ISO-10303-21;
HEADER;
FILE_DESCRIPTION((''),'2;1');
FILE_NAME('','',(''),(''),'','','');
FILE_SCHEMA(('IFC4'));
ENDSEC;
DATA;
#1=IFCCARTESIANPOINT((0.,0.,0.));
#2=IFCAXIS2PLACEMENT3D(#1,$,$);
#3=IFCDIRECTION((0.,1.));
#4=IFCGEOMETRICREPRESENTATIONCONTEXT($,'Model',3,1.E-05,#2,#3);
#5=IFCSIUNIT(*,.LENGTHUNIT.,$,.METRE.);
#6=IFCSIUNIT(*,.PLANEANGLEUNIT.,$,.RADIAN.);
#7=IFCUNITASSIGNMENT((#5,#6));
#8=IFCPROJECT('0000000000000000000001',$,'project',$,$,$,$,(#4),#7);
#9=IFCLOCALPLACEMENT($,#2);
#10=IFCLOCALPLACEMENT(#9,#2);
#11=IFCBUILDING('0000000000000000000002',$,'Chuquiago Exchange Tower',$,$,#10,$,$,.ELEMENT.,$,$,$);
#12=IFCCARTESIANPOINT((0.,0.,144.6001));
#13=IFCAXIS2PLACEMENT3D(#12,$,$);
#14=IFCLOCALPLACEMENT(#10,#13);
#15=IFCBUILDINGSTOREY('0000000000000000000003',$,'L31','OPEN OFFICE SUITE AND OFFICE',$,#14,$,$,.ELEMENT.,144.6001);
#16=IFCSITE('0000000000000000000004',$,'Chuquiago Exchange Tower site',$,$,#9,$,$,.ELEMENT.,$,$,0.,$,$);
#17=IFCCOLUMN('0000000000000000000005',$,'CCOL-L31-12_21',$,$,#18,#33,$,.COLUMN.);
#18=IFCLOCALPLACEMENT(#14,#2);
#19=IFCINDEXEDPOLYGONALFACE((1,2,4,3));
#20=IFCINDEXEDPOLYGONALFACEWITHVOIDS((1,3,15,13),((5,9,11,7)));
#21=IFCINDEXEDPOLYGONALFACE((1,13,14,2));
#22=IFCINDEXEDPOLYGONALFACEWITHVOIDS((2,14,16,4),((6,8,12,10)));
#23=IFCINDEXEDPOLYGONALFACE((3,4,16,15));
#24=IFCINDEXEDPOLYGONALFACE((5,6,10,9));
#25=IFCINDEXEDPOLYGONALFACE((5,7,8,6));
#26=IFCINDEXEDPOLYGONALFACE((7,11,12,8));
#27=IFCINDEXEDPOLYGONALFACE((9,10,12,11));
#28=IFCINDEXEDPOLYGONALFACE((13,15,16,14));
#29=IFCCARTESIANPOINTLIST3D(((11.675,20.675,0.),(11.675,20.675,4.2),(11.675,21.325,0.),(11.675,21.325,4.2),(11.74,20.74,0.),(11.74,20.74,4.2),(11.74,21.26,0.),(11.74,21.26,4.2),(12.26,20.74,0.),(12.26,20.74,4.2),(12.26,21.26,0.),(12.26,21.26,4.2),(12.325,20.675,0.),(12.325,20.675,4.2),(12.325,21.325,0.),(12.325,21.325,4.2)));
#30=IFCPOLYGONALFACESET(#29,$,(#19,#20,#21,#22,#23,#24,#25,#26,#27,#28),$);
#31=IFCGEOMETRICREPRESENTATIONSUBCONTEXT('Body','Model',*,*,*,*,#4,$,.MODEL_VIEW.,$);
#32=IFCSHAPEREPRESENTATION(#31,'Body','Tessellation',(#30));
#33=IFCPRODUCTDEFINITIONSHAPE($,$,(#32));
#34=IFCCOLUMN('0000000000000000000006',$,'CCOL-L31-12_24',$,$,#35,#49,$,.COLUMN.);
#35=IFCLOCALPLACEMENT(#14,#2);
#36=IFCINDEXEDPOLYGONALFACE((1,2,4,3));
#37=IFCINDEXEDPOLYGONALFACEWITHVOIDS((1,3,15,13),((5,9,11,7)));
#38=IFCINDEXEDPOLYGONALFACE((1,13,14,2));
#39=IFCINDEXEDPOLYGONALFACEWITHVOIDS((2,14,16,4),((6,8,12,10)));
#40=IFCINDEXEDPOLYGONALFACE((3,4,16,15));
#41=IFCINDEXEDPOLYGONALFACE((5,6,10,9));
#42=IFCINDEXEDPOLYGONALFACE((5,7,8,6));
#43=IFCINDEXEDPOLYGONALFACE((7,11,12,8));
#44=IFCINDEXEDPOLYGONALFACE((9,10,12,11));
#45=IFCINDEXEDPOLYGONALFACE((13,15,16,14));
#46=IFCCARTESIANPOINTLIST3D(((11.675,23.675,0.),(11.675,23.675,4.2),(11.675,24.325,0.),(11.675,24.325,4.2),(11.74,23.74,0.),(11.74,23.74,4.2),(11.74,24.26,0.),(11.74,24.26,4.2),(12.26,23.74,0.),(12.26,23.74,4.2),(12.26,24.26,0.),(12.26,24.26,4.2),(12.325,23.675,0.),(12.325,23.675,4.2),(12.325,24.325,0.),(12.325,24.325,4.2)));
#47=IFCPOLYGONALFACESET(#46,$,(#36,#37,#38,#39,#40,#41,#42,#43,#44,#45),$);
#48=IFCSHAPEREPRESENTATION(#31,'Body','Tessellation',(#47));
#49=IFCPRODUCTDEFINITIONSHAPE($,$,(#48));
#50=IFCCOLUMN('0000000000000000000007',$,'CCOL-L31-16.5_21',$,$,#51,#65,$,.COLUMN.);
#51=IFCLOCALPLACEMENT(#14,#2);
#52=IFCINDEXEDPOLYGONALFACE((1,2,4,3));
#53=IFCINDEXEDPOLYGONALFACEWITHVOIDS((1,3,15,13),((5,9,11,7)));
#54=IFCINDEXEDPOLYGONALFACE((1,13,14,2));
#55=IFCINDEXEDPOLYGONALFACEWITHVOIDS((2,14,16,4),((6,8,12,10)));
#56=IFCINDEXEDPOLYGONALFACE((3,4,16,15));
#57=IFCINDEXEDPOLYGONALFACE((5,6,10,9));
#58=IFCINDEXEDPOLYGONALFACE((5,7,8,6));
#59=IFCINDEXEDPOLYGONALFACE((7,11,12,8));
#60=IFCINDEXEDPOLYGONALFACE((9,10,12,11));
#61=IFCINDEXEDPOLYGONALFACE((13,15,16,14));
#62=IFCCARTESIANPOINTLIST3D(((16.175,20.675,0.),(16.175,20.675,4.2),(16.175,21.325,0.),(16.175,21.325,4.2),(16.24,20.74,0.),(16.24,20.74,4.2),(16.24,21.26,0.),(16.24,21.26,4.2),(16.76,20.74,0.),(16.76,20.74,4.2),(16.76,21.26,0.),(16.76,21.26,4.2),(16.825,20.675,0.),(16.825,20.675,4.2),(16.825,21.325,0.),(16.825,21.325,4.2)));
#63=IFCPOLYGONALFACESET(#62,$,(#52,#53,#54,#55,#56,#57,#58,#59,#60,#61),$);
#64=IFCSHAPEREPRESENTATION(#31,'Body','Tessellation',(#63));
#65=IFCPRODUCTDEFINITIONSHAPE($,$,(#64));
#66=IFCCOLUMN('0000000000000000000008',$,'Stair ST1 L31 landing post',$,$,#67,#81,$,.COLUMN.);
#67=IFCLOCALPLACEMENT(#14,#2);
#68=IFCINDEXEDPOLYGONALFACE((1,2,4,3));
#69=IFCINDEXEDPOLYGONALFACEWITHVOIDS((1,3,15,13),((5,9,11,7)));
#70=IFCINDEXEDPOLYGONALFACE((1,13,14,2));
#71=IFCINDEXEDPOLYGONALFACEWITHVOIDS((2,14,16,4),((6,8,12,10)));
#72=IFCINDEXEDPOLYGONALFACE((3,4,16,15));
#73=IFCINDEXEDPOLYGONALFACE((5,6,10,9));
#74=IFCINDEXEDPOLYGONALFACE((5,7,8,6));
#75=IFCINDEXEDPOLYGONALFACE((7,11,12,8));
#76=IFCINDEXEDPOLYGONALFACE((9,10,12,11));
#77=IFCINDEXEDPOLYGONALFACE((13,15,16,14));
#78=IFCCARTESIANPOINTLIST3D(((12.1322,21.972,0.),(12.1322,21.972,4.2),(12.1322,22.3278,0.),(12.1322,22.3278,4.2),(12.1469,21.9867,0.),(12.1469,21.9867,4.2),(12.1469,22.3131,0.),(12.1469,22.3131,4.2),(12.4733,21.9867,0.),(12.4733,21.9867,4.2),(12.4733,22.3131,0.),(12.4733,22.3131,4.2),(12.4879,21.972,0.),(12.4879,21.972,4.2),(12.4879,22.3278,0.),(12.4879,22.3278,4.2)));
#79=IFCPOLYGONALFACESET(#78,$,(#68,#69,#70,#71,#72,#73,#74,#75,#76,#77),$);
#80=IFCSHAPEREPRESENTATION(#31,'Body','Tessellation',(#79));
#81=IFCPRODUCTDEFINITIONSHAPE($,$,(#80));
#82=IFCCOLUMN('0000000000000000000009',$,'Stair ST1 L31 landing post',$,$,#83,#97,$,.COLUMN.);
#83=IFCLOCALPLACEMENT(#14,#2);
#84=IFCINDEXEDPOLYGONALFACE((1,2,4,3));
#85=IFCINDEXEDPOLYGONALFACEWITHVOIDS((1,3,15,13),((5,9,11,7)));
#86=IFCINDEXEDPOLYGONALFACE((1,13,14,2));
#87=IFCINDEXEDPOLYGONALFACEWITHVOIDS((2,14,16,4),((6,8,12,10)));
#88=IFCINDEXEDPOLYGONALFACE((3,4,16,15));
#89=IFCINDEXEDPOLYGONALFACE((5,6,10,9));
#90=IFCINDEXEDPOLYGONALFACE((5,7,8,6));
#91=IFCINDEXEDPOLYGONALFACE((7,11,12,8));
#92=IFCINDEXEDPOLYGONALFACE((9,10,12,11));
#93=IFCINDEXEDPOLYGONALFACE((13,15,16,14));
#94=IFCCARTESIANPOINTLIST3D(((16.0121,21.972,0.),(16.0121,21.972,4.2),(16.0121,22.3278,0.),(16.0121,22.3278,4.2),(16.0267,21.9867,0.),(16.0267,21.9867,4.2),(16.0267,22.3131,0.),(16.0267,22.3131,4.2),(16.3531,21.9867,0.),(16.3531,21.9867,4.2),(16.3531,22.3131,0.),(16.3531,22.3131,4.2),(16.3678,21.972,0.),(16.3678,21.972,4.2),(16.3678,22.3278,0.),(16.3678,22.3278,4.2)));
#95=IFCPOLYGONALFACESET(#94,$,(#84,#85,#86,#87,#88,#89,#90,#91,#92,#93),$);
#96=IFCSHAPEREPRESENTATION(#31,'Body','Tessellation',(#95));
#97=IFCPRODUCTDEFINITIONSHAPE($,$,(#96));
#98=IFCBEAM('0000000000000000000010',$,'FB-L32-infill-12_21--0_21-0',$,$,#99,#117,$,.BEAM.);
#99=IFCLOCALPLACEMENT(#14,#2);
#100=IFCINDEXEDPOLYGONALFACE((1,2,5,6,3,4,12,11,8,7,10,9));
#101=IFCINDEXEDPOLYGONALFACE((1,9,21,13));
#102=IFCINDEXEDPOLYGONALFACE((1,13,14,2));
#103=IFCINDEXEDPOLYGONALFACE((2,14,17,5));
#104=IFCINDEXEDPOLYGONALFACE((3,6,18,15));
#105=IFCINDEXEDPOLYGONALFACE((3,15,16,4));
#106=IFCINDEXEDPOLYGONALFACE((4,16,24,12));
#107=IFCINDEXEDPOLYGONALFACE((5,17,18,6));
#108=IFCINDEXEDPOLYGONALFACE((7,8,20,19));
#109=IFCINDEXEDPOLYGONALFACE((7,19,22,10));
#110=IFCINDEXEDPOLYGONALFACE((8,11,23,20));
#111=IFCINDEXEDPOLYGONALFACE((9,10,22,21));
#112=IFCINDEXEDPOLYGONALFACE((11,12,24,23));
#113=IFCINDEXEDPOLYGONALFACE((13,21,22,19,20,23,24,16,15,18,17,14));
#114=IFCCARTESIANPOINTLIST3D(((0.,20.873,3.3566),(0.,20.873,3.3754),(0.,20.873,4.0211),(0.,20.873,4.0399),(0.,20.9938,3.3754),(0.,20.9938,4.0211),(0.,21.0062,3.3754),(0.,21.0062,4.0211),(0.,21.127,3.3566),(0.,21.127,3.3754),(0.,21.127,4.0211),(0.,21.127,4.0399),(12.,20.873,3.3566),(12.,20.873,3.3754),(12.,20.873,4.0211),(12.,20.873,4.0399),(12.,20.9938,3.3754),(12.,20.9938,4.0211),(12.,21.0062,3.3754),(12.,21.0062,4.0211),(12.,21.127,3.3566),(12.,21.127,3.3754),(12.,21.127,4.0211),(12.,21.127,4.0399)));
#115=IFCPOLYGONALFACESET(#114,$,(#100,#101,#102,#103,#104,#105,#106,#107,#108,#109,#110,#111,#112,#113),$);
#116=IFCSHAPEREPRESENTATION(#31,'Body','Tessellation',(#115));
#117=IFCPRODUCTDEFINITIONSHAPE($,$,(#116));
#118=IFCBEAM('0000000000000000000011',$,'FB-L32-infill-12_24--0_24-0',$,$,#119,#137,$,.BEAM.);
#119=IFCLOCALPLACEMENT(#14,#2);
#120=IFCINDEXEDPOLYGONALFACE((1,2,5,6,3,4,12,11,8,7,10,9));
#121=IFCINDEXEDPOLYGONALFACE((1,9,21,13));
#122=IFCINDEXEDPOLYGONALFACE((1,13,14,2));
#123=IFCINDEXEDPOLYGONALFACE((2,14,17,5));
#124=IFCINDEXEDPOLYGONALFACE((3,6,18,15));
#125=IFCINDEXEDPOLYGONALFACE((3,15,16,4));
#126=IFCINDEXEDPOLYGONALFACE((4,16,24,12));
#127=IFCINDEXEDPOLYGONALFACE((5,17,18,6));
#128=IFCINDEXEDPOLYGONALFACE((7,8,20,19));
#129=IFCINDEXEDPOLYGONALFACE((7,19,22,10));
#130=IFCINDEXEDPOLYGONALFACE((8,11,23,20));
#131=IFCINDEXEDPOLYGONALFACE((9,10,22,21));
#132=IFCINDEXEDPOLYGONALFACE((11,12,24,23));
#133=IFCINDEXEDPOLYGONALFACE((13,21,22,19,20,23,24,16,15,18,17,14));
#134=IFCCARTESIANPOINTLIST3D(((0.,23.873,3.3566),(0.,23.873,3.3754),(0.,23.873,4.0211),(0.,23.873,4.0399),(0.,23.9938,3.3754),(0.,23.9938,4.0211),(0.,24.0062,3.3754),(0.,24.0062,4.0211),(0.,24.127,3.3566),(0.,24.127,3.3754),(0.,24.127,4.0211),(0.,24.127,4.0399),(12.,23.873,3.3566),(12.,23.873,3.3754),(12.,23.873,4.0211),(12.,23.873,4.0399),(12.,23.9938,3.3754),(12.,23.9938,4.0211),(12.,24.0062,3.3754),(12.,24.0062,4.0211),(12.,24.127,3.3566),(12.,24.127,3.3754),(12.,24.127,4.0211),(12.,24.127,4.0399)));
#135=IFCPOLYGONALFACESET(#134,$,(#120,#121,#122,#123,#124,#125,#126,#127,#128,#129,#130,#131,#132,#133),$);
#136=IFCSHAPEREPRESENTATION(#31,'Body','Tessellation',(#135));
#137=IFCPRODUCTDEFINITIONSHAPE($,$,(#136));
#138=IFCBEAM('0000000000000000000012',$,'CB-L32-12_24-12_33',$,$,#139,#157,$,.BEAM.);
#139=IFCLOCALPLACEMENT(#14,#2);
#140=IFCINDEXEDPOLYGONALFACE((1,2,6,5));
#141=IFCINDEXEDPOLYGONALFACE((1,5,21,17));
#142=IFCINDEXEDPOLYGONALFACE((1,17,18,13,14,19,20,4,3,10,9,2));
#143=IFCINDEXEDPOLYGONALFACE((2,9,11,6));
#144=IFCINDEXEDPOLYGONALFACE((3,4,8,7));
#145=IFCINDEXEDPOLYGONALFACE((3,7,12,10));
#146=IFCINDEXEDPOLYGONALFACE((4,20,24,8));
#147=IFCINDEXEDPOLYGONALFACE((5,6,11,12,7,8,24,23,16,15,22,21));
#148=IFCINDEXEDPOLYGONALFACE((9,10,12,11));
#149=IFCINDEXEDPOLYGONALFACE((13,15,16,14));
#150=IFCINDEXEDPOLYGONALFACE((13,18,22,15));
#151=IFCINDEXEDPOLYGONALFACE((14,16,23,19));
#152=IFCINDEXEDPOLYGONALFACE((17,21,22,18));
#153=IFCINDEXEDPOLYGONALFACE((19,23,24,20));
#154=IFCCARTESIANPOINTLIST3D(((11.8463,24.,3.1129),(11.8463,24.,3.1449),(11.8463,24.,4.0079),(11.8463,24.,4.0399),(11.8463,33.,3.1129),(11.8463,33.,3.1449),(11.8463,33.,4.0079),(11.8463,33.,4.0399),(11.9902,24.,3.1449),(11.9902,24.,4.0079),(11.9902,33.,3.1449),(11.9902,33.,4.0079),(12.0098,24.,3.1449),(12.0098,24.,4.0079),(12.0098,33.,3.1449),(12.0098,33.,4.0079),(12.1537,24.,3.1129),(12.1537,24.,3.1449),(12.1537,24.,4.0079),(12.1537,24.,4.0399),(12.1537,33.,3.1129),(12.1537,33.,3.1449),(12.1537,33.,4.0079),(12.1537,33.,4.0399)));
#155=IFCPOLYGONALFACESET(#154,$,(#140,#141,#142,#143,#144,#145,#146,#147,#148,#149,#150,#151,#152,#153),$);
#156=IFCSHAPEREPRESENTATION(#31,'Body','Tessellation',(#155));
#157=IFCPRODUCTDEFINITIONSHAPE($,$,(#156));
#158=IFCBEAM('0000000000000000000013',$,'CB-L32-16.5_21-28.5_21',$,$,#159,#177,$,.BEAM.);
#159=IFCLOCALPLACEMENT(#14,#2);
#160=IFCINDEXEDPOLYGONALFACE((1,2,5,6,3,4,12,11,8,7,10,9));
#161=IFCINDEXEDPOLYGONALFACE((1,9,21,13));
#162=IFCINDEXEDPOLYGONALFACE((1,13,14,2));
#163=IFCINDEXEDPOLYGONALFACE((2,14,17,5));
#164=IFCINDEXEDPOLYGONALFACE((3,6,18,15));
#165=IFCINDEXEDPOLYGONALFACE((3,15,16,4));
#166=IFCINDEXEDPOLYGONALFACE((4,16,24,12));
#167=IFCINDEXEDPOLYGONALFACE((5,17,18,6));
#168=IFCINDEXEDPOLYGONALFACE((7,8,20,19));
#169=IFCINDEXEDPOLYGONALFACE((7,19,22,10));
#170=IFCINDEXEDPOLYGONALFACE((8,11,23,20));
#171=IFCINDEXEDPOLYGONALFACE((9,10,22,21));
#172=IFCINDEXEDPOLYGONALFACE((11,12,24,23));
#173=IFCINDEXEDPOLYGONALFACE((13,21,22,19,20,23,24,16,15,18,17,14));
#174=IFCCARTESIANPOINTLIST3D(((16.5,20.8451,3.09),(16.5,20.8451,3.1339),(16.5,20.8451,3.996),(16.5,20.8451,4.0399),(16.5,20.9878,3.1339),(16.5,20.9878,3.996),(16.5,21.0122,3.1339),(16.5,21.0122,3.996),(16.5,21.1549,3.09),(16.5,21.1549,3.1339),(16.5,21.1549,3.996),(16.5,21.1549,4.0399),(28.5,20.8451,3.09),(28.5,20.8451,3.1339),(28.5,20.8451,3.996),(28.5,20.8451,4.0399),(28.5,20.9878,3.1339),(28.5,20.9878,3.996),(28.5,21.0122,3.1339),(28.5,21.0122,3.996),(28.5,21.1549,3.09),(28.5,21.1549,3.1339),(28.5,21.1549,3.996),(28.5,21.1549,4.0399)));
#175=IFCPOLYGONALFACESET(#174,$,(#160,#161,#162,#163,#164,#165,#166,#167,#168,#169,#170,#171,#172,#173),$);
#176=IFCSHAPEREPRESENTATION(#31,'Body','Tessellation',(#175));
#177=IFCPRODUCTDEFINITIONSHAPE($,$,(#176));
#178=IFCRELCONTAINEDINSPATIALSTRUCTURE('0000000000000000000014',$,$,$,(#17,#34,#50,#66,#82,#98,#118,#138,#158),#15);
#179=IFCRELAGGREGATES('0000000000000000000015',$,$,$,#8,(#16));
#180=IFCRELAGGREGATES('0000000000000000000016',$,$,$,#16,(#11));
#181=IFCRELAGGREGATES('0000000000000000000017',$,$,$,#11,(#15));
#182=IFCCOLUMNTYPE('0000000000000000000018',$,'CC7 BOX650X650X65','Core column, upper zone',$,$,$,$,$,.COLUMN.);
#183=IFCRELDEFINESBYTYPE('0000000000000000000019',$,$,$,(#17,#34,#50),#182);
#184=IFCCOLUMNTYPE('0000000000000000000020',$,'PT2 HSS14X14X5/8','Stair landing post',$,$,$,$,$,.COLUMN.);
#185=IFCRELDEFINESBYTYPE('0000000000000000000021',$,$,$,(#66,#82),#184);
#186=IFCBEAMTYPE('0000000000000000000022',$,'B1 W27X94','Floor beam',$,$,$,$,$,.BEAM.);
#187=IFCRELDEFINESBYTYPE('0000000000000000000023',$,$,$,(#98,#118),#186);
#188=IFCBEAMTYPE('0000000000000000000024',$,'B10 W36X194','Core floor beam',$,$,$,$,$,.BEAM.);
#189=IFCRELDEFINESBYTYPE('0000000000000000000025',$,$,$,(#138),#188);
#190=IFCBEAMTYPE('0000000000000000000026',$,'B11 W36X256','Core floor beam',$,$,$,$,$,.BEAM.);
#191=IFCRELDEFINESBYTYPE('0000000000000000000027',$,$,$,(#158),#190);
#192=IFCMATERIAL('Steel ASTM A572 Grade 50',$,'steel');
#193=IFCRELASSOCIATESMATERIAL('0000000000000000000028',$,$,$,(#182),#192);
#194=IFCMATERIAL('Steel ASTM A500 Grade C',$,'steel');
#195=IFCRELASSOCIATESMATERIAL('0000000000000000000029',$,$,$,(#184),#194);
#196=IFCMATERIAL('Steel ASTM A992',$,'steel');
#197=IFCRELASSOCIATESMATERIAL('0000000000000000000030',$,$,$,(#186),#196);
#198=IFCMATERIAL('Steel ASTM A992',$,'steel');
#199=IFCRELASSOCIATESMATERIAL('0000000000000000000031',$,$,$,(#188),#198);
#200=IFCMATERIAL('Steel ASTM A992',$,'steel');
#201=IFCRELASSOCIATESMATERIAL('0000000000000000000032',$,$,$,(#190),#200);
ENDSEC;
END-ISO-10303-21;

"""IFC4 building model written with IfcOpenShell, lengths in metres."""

from ifc_helpers import new_model, si_unit, direction, frame, origin, origin_2d, place, context, subcontext, project, spatial, hollow_rectangle, i_section, extrude, material, material_profile, profile_set, type_object, element, save


model = new_model("IFC4")

# Units and contexts
model_context = context("Model", 3, precision=1e-05, world=origin(), true_north=direction((0.0, 1.0)))
body_context = subcontext(model_context, "Body", "Model", "MODEL_VIEW")
ifc_project = project(units=[si_unit("LENGTHUNIT", "METRE"), si_unit("PLANEANGLEUNIT", "RADIAN")], contexts=[model_context])

# Site, building, storey
site_placement = place(None, origin())
site = spatial("IfcSite", under=ifc_project, at=site_placement, Name="Chuquiago Exchange Tower site", CompositionType="ELEMENT", RefElevation=0.0)
building_placement = place(site_placement, origin())
building = spatial("IfcBuilding", under=site, at=building_placement, Name="Chuquiago Exchange Tower", CompositionType="ELEMENT")
storey_placement = place(building_placement, frame((0.0, 0.0, 144.6001)))
storey = spatial("IfcBuildingStorey", under=building, at=storey_placement, Name="L31", Description="OPEN OFFICE SUITE AND OFFICE", CompositionType="ELEMENT", Elevation=144.6001)

# Columns
ifc_material_1 = material(Name="Steel ASTM A572 Grade 50", Category="steel")
ifc_material_profile_1 = material_profile(ifc_material_1, hollow_rectangle(XDim=0.6499, YDim=0.6499, WallThickness=0.0649, at=origin_2d()), Name="BOX650X650X65")
ifc_profile_set_1 = profile_set([ifc_material_profile_1], Name="Steel ASTM A572 Grade 50")
column_type_1 = type_object("IfcColumnType", Name="CC7 BOX650X650X65", Description="Core column, upper zone", PredefinedType="COLUMN", material=ifc_profile_set_1)
for number, where, z_axis, x_axis, name in (
    (1, (12.0, 21.0, 0.0), (0.0, 0.0, 1.0), (1.0, 0.0, 0.0), "CCOL-L31-12_21"),
    (2, (12.0, 24.0, 0.0), (0.0, 0.0, 1.0), (1.0, 0.0, 0.0), "CCOL-L31-12_24"),
    (3, (16.5, 21.0, 0.0), (0.0, 0.0, 1.0), (1.0, 0.0, 0.0), "CCOL-L31-16.5_21"),
):
    element("IfcColumn", number, at=place(storey_placement, frame(where, z_axis=z_axis, x_axis=x_axis)), inside=storey, type_object=column_type_1, Name=name, PredefinedType="COLUMN", context=body_context, shape_type="SweptSolid", body=[
        extrude(hollow_rectangle(XDim=0.6499, YDim=0.6499, WallThickness=0.0649, at=origin_2d()), origin(), (0.0, 0.0, 1.0), 4.2),
    ])
ifc_material_2 = material(Name="Steel ASTM A500 Grade C", Category="steel")
ifc_material_profile_2 = material_profile(ifc_material_2, hollow_rectangle(XDim=0.3557, YDim=0.3557, WallThickness=0.0146, at=origin_2d()), Name="HSS14X14X5/8")
ifc_profile_set_2 = profile_set([ifc_material_profile_2], Name="Steel ASTM A500 Grade C")
column_type_2 = type_object("IfcColumnType", Name="PT2 HSS14X14X5/8", Description="Stair landing post", PredefinedType="COLUMN", material=ifc_profile_set_2)
for number, where, z_axis, x_axis, name in (
    (4, (12.3101, 22.1499, 0.0), (0.0, 0.0, 1.0), (1.0, 0.0, 0.0), "Stair ST1 L31 landing post"),
    (5, (16.1899, 22.1499, 0.0), (0.0, 0.0, 1.0), (1.0, 0.0, 0.0), "Stair ST1 L31 landing post"),
):
    element("IfcColumn", number, at=place(storey_placement, frame(where, z_axis=z_axis, x_axis=x_axis)), inside=storey, type_object=column_type_2, Name=name, PredefinedType="COLUMN", context=body_context, shape_type="SweptSolid", body=[
        extrude(hollow_rectangle(XDim=0.3557, YDim=0.3557, WallThickness=0.0146, at=origin_2d()), origin(), (0.0, 0.0, 1.0), 4.2),
    ])

# Beams
ifc_material_3 = material(Name="Steel ASTM A992", Category="steel")
ifc_material_profile_3 = material_profile(ifc_material_3, i_section(OverallWidth=0.2539, OverallDepth=0.6833, WebThickness=0.0125, FlangeThickness=0.0188, at=origin_2d()), Name="W27X94")
ifc_profile_set_3 = profile_set([ifc_material_profile_3], Name="Steel ASTM A992")
beam_type_1 = type_object("IfcBeamType", Name="B1 W27X94", Description="Floor beam", PredefinedType="BEAM", material=ifc_profile_set_3)
for number, where, z_axis, x_axis, name in (
    (6, (12.0, 21.0, 3.6982), (-1.0, 0.0, 0.0), (0.0, -1.0, 0.0), "FB-L32-infill-12_21--0_21-0"),
    (7, (12.0, 24.0, 3.6982), (-1.0, 0.0, 0.0), (0.0, -1.0, 0.0), "FB-L32-infill-12_24--0_24-0"),
):
    element("IfcBeam", number, at=place(storey_placement, frame(where, z_axis=z_axis, x_axis=x_axis)), inside=storey, type_object=beam_type_1, Name=name, PredefinedType="BEAM", context=body_context, shape_type="SweptSolid", body=[
        extrude(i_section(OverallWidth=0.2539, OverallDepth=0.6833, WebThickness=0.0125, FlangeThickness=0.0188, at=origin_2d()), origin(), (0.0, 0.0, 1.0), 12.0),
    ])
ifc_material_4 = material(Name="Steel ASTM A992", Category="steel")
ifc_material_profile_4 = material_profile(ifc_material_4, i_section(OverallWidth=0.3074, OverallDepth=0.927, WebThickness=0.0195, FlangeThickness=0.032, at=origin_2d()), Name="W36X194")
ifc_profile_set_4 = profile_set([ifc_material_profile_4], Name="Steel ASTM A992")
beam_type_2 = type_object("IfcBeamType", Name="B10 W36X194", Description="Core floor beam", PredefinedType="BEAM", material=ifc_profile_set_4)
beam_1_placement = place(storey_placement, frame((12.0, 24.0, 3.5764), z_axis=(0.0, 1.0, 0.0), x_axis=(-1.0, 0.0, 0.0)))
element("IfcBeam", 8, at=beam_1_placement, inside=storey, type_object=beam_type_2, Name="CB-L32-12_24-12_33", PredefinedType="BEAM", context=body_context, shape_type="SweptSolid", body=[
    extrude(i_section(OverallWidth=0.3074, OverallDepth=0.927, WebThickness=0.0195, FlangeThickness=0.032, at=origin_2d()), origin(), (0.0, 0.0, 1.0), 9.0),
])
ifc_material_5 = material(Name="Steel ASTM A992", Category="steel")
ifc_material_profile_5 = material_profile(ifc_material_5, i_section(OverallWidth=0.3098, OverallDepth=0.95, WebThickness=0.0244, FlangeThickness=0.0439, at=origin_2d()), Name="W36X256")
ifc_profile_set_5 = profile_set([ifc_material_profile_5], Name="Steel ASTM A992")
beam_type_3 = type_object("IfcBeamType", Name="B11 W36X256", Description="Core floor beam", PredefinedType="BEAM", material=ifc_profile_set_5)
beam_2_placement = place(storey_placement, frame((16.5, 21.0, 3.5649), z_axis=(1.0, 0.0, 0.0), x_axis=(0.0, 1.0, 0.0)))
element("IfcBeam", 9, at=beam_2_placement, inside=storey, type_object=beam_type_3, Name="CB-L32-16.5_21-28.5_21", PredefinedType="BEAM", context=body_context, shape_type="SweptSolid", body=[
    extrude(i_section(OverallWidth=0.3098, OverallDepth=0.95, WebThickness=0.0244, FlangeThickness=0.0439, at=origin_2d()), origin(), (0.0, 0.0, 1.0), 12.0),
])

save(model, "model.ifc")
